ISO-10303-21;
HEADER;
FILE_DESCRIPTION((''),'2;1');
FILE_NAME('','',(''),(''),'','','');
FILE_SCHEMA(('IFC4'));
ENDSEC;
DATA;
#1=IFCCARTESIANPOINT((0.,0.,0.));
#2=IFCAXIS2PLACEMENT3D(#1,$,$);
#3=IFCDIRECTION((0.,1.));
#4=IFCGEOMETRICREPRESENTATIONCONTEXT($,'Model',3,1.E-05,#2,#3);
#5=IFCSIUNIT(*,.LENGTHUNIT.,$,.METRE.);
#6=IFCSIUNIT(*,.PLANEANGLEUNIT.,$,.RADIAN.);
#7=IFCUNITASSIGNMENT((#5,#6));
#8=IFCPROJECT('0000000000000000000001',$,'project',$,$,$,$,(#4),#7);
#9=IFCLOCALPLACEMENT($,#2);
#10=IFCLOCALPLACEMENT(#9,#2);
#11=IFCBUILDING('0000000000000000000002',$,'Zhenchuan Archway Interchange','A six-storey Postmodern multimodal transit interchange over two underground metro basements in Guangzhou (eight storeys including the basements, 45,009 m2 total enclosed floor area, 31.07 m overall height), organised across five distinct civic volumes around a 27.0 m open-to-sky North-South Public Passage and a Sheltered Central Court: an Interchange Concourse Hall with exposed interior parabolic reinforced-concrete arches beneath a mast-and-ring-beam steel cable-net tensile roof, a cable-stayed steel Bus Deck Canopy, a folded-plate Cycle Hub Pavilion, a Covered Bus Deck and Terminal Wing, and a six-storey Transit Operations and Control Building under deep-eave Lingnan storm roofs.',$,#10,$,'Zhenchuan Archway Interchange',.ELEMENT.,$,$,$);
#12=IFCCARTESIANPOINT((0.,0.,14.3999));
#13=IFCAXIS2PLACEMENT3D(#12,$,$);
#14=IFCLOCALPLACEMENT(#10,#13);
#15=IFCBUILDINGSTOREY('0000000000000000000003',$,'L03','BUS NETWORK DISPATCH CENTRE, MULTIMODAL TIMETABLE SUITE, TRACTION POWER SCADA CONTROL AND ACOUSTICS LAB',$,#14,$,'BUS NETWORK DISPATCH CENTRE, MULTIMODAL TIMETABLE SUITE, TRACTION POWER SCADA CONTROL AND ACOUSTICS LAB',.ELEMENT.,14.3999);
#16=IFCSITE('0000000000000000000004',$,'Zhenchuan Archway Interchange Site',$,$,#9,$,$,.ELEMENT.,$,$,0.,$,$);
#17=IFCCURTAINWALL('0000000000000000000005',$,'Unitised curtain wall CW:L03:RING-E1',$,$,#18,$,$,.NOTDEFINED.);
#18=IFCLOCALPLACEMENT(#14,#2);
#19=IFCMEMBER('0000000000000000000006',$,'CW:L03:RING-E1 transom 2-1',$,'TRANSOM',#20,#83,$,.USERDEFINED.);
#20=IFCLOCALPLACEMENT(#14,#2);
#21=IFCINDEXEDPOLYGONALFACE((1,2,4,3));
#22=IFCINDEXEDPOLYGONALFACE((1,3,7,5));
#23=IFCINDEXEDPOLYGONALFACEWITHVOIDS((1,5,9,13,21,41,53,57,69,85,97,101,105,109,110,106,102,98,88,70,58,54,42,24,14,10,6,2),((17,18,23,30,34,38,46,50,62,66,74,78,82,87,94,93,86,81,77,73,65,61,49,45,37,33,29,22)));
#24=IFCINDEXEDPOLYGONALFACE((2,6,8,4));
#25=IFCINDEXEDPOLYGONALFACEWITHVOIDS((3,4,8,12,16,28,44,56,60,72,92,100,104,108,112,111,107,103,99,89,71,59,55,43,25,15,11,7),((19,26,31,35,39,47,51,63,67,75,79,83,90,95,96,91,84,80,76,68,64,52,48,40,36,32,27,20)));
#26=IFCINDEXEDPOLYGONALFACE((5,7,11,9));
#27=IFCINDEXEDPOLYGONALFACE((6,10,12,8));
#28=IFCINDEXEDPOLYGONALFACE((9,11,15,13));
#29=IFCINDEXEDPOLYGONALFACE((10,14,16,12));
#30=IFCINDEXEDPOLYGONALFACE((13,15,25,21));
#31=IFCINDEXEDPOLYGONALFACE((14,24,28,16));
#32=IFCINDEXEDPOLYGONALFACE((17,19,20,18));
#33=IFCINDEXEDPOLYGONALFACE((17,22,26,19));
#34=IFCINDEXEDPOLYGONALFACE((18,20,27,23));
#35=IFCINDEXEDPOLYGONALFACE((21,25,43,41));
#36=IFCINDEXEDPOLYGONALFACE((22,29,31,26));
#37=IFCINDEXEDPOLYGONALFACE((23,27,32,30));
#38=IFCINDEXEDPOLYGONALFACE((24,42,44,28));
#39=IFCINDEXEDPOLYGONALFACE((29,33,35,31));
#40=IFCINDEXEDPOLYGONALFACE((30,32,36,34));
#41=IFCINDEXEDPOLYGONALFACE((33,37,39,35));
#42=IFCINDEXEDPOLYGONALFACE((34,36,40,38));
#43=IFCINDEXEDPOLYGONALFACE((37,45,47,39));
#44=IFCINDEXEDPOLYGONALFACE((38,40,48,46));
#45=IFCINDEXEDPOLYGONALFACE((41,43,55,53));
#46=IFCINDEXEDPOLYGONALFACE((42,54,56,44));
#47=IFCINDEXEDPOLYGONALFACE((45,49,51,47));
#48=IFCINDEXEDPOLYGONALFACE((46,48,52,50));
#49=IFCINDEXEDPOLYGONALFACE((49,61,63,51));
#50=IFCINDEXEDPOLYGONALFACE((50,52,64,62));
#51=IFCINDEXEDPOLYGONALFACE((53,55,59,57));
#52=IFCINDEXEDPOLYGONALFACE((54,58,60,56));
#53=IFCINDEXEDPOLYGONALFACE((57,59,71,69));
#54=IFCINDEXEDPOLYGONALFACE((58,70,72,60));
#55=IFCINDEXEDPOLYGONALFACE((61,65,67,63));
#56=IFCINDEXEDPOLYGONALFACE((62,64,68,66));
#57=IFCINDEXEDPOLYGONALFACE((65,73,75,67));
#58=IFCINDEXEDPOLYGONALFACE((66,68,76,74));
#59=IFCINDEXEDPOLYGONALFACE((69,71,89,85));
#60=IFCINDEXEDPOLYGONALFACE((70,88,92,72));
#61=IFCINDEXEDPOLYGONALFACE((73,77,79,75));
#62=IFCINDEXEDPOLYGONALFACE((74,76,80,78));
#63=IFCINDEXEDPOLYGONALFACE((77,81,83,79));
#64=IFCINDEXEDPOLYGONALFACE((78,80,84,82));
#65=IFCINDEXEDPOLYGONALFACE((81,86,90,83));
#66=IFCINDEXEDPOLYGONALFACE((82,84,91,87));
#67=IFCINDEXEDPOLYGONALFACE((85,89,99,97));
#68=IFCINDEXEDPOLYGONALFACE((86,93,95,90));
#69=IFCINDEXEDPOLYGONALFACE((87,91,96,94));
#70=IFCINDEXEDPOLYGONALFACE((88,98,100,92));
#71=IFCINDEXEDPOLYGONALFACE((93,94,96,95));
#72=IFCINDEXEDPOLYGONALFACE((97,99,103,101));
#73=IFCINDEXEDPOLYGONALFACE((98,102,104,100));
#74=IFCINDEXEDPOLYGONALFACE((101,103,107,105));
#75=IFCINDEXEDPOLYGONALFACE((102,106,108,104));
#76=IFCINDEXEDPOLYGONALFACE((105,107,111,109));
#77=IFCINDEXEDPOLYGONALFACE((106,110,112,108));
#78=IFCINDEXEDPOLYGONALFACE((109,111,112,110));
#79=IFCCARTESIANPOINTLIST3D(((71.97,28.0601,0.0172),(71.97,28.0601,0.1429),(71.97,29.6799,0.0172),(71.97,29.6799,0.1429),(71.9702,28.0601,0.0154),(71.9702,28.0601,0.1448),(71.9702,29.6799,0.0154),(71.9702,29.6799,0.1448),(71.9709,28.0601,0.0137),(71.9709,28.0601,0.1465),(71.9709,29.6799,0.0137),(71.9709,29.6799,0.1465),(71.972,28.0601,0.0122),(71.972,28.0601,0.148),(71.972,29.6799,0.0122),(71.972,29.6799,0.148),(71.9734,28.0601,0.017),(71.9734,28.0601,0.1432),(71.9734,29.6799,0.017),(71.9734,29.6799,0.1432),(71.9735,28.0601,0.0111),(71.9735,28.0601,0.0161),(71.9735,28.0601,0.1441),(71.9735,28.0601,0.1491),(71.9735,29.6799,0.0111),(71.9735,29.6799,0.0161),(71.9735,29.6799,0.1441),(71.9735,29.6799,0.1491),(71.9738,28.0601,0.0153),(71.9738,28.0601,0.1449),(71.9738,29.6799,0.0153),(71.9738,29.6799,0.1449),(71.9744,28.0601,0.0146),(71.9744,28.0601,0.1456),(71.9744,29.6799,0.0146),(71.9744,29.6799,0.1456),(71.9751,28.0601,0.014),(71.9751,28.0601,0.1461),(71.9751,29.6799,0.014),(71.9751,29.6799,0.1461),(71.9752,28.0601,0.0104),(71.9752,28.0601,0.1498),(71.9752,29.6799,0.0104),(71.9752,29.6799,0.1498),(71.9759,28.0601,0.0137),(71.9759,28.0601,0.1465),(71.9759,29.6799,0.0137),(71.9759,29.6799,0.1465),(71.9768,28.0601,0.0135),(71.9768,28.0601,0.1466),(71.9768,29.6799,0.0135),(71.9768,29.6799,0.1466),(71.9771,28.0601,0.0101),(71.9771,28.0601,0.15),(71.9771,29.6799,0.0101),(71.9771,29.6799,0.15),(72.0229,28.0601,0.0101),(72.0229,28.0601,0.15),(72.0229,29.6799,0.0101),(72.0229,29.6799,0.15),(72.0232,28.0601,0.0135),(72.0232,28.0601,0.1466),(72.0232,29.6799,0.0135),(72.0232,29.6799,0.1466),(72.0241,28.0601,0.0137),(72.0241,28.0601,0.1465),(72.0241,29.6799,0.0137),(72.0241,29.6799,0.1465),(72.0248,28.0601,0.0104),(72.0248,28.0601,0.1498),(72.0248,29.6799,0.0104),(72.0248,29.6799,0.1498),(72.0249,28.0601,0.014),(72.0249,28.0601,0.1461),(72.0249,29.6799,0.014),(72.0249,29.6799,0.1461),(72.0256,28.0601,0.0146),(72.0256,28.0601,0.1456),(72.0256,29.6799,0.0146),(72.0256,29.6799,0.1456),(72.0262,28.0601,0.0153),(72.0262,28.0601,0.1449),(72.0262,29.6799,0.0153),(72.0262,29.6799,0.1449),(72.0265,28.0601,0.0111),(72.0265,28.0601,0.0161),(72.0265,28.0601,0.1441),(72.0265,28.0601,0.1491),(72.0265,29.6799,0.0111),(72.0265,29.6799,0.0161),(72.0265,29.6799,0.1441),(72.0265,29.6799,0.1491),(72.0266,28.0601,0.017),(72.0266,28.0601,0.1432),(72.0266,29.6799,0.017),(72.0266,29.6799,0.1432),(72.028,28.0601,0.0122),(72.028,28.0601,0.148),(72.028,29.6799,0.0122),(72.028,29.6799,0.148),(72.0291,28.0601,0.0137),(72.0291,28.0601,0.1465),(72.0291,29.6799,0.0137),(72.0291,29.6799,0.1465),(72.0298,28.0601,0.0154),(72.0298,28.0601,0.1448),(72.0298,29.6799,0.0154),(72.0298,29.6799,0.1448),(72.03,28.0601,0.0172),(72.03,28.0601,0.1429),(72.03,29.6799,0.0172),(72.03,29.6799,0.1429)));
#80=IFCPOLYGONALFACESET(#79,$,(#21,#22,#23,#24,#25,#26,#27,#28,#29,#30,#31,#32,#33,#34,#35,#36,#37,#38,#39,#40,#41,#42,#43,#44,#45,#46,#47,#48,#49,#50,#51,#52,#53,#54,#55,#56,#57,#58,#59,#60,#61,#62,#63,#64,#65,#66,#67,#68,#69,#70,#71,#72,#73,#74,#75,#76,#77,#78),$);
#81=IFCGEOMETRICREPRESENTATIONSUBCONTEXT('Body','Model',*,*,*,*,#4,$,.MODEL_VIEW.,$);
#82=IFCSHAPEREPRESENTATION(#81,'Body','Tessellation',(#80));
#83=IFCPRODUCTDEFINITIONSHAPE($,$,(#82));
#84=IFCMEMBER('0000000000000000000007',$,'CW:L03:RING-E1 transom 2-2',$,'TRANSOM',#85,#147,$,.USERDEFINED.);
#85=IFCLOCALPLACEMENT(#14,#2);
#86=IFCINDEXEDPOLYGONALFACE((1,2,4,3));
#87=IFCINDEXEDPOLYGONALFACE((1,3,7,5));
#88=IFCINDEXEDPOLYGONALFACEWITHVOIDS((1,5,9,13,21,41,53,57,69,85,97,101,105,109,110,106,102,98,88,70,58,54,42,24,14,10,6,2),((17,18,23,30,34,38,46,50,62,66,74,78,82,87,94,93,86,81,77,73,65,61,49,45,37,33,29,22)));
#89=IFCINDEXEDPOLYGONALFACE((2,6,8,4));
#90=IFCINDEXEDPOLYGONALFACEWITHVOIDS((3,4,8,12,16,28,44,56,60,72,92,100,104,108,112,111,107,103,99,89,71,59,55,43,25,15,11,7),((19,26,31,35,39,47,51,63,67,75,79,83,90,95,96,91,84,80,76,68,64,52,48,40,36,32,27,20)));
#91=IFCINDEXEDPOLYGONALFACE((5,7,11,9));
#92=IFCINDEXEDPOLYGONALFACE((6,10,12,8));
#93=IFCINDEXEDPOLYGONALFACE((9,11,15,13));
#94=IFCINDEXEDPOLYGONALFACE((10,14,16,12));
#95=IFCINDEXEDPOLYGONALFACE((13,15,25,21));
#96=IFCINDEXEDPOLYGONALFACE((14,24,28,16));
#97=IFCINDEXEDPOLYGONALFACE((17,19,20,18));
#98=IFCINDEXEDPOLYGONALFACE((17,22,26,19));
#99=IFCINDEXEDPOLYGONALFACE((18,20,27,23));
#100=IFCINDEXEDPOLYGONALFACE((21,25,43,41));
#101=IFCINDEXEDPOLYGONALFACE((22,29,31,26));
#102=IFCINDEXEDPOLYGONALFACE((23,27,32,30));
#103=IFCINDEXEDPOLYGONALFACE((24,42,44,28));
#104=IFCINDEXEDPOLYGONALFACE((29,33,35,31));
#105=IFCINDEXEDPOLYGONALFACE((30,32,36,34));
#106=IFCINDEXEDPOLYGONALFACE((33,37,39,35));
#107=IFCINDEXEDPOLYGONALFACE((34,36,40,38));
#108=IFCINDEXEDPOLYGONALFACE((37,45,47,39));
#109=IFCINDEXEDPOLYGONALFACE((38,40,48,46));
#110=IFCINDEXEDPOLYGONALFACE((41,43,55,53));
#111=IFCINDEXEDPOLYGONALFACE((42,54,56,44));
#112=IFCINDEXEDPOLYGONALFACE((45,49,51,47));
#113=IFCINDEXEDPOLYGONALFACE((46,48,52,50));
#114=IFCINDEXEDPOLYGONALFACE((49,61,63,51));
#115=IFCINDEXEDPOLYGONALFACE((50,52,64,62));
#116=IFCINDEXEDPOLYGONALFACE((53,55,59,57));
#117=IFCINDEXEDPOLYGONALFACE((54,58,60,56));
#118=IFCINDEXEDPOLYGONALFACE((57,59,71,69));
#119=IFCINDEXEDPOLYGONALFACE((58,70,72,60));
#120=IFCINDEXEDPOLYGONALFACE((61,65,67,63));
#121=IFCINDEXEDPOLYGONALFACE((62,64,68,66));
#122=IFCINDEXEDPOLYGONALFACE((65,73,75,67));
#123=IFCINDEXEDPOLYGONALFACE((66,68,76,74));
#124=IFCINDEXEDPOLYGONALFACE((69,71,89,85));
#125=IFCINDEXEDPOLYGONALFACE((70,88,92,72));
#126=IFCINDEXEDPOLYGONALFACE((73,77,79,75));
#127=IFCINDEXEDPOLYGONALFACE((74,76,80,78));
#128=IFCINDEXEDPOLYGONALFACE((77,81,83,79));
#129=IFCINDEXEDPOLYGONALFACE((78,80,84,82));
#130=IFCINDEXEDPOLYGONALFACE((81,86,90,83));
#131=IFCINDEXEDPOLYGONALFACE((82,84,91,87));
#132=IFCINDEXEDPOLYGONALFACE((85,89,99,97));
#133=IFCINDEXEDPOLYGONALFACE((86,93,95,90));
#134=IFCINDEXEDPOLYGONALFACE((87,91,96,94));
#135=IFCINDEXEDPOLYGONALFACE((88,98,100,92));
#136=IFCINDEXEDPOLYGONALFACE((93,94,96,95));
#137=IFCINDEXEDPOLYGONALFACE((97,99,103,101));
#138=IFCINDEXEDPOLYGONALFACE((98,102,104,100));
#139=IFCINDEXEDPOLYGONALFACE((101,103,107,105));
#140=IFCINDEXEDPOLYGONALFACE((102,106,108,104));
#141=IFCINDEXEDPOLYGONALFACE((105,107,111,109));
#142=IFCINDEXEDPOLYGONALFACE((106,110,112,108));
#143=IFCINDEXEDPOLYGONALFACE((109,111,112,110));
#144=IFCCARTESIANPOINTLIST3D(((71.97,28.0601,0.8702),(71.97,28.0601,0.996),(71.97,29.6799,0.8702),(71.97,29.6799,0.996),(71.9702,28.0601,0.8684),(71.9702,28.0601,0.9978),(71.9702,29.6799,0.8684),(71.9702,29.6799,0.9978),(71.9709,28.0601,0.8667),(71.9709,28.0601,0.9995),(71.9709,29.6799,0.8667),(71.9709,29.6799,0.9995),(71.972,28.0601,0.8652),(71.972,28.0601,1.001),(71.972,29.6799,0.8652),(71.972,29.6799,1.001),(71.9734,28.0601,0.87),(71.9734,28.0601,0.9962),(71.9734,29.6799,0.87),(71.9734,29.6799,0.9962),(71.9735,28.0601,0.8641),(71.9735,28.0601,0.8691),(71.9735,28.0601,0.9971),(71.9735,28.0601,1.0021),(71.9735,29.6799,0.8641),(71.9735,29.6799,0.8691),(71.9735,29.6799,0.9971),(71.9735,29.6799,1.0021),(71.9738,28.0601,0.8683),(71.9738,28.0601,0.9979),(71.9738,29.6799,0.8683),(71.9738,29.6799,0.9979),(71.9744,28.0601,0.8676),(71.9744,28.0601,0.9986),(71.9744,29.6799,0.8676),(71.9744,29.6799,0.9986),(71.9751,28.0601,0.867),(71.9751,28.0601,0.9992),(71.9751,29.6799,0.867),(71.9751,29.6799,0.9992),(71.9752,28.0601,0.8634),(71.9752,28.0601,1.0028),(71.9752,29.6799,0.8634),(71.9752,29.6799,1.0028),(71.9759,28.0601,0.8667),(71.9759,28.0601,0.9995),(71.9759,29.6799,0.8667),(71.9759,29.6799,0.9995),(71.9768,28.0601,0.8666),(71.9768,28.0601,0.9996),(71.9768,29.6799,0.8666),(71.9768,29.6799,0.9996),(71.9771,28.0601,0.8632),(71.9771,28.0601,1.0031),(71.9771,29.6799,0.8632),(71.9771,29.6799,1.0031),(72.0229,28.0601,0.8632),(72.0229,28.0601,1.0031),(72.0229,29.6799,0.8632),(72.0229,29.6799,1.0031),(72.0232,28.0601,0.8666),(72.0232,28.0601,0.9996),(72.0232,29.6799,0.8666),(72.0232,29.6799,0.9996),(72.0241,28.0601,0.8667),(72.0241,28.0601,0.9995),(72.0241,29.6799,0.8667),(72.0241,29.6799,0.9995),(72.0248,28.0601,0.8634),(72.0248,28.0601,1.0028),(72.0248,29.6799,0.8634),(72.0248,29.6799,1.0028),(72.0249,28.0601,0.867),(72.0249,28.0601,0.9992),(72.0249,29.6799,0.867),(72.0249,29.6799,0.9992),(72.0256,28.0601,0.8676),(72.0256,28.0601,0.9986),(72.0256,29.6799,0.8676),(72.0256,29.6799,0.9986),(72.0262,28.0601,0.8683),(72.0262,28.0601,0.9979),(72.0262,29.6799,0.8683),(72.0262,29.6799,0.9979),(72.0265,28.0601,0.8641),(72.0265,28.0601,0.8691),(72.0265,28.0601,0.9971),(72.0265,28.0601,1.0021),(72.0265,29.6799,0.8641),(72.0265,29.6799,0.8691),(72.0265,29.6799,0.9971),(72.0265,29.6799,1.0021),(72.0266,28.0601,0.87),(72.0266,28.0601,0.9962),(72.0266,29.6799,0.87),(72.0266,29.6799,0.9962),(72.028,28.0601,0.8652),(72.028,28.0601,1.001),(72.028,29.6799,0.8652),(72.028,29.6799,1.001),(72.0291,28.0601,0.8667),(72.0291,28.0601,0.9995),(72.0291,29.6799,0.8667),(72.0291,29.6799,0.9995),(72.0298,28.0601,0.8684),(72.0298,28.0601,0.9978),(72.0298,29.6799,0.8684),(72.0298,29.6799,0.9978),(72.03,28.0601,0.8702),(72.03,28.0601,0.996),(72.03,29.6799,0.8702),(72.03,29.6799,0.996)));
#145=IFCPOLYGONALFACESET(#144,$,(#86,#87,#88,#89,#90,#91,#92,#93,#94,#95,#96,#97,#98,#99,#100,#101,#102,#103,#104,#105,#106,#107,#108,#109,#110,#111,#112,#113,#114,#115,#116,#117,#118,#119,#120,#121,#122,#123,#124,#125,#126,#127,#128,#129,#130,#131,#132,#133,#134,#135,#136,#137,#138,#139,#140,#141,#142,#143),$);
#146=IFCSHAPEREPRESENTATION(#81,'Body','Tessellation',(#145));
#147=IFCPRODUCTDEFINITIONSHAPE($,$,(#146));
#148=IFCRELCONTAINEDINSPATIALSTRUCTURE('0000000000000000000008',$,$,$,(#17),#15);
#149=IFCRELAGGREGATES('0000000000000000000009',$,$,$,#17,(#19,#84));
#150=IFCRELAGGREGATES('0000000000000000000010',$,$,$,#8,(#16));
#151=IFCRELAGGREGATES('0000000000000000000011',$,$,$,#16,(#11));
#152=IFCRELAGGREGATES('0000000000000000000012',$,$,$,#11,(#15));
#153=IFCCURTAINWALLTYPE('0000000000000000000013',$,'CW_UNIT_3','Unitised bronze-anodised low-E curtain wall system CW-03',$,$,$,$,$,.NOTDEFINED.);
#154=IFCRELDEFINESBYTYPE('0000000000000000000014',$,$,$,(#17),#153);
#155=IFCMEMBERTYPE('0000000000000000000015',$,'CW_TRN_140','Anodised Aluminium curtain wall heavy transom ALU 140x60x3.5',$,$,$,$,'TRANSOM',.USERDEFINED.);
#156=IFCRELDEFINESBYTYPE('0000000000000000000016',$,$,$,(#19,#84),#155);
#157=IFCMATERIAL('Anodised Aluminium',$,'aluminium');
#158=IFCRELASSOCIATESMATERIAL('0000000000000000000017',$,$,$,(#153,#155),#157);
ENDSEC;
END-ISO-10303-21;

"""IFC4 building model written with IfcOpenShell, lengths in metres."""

from ifc_helpers import new_model, si_unit, direction, frame, origin, origin_2d, place, context, subcontext, project, spatial, hollow_rectangle, extrude, material, material_profile, profile_set, type_object, element, aggregate, save


model = new_model("IFC4")

# Units and contexts
model_context = context("Model", 3, precision=1e-05, world=origin(), true_north=direction((0.0, 1.0)))
body_context = subcontext(model_context, "Body", "Model", "MODEL_VIEW")
ifc_project = project(units=[si_unit("LENGTHUNIT", "METRE"), si_unit("PLANEANGLEUNIT", "RADIAN")], contexts=[model_context])

# Site, building, storey
site_placement = place(None, origin())
site = spatial("IfcSite", under=ifc_project, at=site_placement, Name="Zhenchuan Archway Interchange Site", CompositionType="ELEMENT", RefElevation=0.0)
building_placement = place(site_placement, origin())
building = spatial("IfcBuilding", under=site, at=building_placement, Name="Zhenchuan Archway Interchange", Description="A six-storey Postmodern multimodal transit interchange over two underground metro basements in Guangzhou (eight storeys including the basements, 45,009 m2 total enclosed floor area, 31.07 m overall height), organised across five distinct civic volumes around a 27.0 m open-to-sky North-South Public Passage and a Sheltered Central Court: an Interchange Concourse Hall with exposed interior parabolic reinforced-concrete arches beneath a mast-and-ring-beam steel cable-net tensile roof, a cable-stayed steel Bus Deck Canopy, a folded-plate Cycle Hub Pavilion, a Covered Bus Deck and Terminal Wing, and a six-storey Transit Operations and Control Building under deep-eave Lingnan storm roofs.", LongName="Zhenchuan Archway Interchange", CompositionType="ELEMENT")
storey_placement = place(building_placement, frame((0.0, 0.0, 14.3999)))
storey = spatial("IfcBuildingStorey", under=building, at=storey_placement, Name="L03", Description="BUS NETWORK DISPATCH CENTRE, MULTIMODAL TIMETABLE SUITE, TRACTION POWER SCADA CONTROL AND ACOUSTICS LAB", LongName="BUS NETWORK DISPATCH CENTRE, MULTIMODAL TIMETABLE SUITE, TRACTION POWER SCADA CONTROL AND ACOUSTICS LAB", CompositionType="ELEMENT", Elevation=14.3999)

# Curtain wall
ifc_material_1 = material(Name="Anodised Aluminium", Category="aluminium")
curtain_wall_type = type_object("IfcCurtainWallType", Name="CW_UNIT_3", Description="Unitised bronze-anodised low-E curtain wall system CW-03", PredefinedType="NOTDEFINED", material=ifc_material_1)
curtain_wall_1_placement = place(storey_placement, origin())
curtain_wall_1 = element("IfcCurtainWall", 1, at=curtain_wall_1_placement, inside=storey, type_object=curtain_wall_type, Name="Unitised curtain wall CW:L03:RING-E1", PredefinedType="NOTDEFINED")

# Members
ifc_material_profile_1 = material_profile(ifc_material_1, hollow_rectangle(XDim=0.0601, YDim=0.1399, WallThickness=0.0034, InnerFilletRadius=0.0034, OuterFilletRadius=0.0071, at=origin_2d()), Name="ALU 140x60x3.5")
ifc_profile_set_1 = profile_set([ifc_material_profile_1], Name="Anodised Aluminium")
member_type_1 = type_object("IfcMemberType", Name="CW_TRN_140", Description="Anodised Aluminium curtain wall heavy transom ALU 140x60x3.5", ElementType="TRANSOM", PredefinedType="USERDEFINED", material=ifc_profile_set_1)
member_1_placement = place(storey_placement, frame((72.0, 28.0601, 0.0801), z_axis=(0.0, 1.0, 0.0), x_axis=(-1.0, 0.0, 0.0)))
member_1 = element("IfcMember", 2, at=member_1_placement, type_object=member_type_1, Name="CW:L03:RING-E1 transom 2-1", ObjectType="TRANSOM", PredefinedType="USERDEFINED", context=body_context, shape_type="SweptSolid", body=[
    extrude(hollow_rectangle(XDim=0.0601, YDim=0.1399, WallThickness=0.0034, InnerFilletRadius=0.0034, OuterFilletRadius=0.0071, at=origin_2d()), origin(), (0.0, 0.0, 1.0), 1.6199),
])
member_2_placement = place(storey_placement, frame((72.0, 28.0601, 0.9331), z_axis=(0.0, 1.0, 0.0), x_axis=(-1.0, 0.0, 0.0)))
member_2 = element("IfcMember", 3, at=member_2_placement, type_object=member_type_1, Name="CW:L03:RING-E1 transom 2-2", ObjectType="TRANSOM", PredefinedType="USERDEFINED", context=body_context, shape_type="SweptSolid", body=[
    extrude(hollow_rectangle(XDim=0.0601, YDim=0.1399, WallThickness=0.0034, InnerFilletRadius=0.0034, OuterFilletRadius=0.0071, at=origin_2d()), origin(), (0.0, 0.0, 1.0), 1.6199),
])

aggregate(curtain_wall_1, [member_1, member_2])

save(model, "model.ifc")
